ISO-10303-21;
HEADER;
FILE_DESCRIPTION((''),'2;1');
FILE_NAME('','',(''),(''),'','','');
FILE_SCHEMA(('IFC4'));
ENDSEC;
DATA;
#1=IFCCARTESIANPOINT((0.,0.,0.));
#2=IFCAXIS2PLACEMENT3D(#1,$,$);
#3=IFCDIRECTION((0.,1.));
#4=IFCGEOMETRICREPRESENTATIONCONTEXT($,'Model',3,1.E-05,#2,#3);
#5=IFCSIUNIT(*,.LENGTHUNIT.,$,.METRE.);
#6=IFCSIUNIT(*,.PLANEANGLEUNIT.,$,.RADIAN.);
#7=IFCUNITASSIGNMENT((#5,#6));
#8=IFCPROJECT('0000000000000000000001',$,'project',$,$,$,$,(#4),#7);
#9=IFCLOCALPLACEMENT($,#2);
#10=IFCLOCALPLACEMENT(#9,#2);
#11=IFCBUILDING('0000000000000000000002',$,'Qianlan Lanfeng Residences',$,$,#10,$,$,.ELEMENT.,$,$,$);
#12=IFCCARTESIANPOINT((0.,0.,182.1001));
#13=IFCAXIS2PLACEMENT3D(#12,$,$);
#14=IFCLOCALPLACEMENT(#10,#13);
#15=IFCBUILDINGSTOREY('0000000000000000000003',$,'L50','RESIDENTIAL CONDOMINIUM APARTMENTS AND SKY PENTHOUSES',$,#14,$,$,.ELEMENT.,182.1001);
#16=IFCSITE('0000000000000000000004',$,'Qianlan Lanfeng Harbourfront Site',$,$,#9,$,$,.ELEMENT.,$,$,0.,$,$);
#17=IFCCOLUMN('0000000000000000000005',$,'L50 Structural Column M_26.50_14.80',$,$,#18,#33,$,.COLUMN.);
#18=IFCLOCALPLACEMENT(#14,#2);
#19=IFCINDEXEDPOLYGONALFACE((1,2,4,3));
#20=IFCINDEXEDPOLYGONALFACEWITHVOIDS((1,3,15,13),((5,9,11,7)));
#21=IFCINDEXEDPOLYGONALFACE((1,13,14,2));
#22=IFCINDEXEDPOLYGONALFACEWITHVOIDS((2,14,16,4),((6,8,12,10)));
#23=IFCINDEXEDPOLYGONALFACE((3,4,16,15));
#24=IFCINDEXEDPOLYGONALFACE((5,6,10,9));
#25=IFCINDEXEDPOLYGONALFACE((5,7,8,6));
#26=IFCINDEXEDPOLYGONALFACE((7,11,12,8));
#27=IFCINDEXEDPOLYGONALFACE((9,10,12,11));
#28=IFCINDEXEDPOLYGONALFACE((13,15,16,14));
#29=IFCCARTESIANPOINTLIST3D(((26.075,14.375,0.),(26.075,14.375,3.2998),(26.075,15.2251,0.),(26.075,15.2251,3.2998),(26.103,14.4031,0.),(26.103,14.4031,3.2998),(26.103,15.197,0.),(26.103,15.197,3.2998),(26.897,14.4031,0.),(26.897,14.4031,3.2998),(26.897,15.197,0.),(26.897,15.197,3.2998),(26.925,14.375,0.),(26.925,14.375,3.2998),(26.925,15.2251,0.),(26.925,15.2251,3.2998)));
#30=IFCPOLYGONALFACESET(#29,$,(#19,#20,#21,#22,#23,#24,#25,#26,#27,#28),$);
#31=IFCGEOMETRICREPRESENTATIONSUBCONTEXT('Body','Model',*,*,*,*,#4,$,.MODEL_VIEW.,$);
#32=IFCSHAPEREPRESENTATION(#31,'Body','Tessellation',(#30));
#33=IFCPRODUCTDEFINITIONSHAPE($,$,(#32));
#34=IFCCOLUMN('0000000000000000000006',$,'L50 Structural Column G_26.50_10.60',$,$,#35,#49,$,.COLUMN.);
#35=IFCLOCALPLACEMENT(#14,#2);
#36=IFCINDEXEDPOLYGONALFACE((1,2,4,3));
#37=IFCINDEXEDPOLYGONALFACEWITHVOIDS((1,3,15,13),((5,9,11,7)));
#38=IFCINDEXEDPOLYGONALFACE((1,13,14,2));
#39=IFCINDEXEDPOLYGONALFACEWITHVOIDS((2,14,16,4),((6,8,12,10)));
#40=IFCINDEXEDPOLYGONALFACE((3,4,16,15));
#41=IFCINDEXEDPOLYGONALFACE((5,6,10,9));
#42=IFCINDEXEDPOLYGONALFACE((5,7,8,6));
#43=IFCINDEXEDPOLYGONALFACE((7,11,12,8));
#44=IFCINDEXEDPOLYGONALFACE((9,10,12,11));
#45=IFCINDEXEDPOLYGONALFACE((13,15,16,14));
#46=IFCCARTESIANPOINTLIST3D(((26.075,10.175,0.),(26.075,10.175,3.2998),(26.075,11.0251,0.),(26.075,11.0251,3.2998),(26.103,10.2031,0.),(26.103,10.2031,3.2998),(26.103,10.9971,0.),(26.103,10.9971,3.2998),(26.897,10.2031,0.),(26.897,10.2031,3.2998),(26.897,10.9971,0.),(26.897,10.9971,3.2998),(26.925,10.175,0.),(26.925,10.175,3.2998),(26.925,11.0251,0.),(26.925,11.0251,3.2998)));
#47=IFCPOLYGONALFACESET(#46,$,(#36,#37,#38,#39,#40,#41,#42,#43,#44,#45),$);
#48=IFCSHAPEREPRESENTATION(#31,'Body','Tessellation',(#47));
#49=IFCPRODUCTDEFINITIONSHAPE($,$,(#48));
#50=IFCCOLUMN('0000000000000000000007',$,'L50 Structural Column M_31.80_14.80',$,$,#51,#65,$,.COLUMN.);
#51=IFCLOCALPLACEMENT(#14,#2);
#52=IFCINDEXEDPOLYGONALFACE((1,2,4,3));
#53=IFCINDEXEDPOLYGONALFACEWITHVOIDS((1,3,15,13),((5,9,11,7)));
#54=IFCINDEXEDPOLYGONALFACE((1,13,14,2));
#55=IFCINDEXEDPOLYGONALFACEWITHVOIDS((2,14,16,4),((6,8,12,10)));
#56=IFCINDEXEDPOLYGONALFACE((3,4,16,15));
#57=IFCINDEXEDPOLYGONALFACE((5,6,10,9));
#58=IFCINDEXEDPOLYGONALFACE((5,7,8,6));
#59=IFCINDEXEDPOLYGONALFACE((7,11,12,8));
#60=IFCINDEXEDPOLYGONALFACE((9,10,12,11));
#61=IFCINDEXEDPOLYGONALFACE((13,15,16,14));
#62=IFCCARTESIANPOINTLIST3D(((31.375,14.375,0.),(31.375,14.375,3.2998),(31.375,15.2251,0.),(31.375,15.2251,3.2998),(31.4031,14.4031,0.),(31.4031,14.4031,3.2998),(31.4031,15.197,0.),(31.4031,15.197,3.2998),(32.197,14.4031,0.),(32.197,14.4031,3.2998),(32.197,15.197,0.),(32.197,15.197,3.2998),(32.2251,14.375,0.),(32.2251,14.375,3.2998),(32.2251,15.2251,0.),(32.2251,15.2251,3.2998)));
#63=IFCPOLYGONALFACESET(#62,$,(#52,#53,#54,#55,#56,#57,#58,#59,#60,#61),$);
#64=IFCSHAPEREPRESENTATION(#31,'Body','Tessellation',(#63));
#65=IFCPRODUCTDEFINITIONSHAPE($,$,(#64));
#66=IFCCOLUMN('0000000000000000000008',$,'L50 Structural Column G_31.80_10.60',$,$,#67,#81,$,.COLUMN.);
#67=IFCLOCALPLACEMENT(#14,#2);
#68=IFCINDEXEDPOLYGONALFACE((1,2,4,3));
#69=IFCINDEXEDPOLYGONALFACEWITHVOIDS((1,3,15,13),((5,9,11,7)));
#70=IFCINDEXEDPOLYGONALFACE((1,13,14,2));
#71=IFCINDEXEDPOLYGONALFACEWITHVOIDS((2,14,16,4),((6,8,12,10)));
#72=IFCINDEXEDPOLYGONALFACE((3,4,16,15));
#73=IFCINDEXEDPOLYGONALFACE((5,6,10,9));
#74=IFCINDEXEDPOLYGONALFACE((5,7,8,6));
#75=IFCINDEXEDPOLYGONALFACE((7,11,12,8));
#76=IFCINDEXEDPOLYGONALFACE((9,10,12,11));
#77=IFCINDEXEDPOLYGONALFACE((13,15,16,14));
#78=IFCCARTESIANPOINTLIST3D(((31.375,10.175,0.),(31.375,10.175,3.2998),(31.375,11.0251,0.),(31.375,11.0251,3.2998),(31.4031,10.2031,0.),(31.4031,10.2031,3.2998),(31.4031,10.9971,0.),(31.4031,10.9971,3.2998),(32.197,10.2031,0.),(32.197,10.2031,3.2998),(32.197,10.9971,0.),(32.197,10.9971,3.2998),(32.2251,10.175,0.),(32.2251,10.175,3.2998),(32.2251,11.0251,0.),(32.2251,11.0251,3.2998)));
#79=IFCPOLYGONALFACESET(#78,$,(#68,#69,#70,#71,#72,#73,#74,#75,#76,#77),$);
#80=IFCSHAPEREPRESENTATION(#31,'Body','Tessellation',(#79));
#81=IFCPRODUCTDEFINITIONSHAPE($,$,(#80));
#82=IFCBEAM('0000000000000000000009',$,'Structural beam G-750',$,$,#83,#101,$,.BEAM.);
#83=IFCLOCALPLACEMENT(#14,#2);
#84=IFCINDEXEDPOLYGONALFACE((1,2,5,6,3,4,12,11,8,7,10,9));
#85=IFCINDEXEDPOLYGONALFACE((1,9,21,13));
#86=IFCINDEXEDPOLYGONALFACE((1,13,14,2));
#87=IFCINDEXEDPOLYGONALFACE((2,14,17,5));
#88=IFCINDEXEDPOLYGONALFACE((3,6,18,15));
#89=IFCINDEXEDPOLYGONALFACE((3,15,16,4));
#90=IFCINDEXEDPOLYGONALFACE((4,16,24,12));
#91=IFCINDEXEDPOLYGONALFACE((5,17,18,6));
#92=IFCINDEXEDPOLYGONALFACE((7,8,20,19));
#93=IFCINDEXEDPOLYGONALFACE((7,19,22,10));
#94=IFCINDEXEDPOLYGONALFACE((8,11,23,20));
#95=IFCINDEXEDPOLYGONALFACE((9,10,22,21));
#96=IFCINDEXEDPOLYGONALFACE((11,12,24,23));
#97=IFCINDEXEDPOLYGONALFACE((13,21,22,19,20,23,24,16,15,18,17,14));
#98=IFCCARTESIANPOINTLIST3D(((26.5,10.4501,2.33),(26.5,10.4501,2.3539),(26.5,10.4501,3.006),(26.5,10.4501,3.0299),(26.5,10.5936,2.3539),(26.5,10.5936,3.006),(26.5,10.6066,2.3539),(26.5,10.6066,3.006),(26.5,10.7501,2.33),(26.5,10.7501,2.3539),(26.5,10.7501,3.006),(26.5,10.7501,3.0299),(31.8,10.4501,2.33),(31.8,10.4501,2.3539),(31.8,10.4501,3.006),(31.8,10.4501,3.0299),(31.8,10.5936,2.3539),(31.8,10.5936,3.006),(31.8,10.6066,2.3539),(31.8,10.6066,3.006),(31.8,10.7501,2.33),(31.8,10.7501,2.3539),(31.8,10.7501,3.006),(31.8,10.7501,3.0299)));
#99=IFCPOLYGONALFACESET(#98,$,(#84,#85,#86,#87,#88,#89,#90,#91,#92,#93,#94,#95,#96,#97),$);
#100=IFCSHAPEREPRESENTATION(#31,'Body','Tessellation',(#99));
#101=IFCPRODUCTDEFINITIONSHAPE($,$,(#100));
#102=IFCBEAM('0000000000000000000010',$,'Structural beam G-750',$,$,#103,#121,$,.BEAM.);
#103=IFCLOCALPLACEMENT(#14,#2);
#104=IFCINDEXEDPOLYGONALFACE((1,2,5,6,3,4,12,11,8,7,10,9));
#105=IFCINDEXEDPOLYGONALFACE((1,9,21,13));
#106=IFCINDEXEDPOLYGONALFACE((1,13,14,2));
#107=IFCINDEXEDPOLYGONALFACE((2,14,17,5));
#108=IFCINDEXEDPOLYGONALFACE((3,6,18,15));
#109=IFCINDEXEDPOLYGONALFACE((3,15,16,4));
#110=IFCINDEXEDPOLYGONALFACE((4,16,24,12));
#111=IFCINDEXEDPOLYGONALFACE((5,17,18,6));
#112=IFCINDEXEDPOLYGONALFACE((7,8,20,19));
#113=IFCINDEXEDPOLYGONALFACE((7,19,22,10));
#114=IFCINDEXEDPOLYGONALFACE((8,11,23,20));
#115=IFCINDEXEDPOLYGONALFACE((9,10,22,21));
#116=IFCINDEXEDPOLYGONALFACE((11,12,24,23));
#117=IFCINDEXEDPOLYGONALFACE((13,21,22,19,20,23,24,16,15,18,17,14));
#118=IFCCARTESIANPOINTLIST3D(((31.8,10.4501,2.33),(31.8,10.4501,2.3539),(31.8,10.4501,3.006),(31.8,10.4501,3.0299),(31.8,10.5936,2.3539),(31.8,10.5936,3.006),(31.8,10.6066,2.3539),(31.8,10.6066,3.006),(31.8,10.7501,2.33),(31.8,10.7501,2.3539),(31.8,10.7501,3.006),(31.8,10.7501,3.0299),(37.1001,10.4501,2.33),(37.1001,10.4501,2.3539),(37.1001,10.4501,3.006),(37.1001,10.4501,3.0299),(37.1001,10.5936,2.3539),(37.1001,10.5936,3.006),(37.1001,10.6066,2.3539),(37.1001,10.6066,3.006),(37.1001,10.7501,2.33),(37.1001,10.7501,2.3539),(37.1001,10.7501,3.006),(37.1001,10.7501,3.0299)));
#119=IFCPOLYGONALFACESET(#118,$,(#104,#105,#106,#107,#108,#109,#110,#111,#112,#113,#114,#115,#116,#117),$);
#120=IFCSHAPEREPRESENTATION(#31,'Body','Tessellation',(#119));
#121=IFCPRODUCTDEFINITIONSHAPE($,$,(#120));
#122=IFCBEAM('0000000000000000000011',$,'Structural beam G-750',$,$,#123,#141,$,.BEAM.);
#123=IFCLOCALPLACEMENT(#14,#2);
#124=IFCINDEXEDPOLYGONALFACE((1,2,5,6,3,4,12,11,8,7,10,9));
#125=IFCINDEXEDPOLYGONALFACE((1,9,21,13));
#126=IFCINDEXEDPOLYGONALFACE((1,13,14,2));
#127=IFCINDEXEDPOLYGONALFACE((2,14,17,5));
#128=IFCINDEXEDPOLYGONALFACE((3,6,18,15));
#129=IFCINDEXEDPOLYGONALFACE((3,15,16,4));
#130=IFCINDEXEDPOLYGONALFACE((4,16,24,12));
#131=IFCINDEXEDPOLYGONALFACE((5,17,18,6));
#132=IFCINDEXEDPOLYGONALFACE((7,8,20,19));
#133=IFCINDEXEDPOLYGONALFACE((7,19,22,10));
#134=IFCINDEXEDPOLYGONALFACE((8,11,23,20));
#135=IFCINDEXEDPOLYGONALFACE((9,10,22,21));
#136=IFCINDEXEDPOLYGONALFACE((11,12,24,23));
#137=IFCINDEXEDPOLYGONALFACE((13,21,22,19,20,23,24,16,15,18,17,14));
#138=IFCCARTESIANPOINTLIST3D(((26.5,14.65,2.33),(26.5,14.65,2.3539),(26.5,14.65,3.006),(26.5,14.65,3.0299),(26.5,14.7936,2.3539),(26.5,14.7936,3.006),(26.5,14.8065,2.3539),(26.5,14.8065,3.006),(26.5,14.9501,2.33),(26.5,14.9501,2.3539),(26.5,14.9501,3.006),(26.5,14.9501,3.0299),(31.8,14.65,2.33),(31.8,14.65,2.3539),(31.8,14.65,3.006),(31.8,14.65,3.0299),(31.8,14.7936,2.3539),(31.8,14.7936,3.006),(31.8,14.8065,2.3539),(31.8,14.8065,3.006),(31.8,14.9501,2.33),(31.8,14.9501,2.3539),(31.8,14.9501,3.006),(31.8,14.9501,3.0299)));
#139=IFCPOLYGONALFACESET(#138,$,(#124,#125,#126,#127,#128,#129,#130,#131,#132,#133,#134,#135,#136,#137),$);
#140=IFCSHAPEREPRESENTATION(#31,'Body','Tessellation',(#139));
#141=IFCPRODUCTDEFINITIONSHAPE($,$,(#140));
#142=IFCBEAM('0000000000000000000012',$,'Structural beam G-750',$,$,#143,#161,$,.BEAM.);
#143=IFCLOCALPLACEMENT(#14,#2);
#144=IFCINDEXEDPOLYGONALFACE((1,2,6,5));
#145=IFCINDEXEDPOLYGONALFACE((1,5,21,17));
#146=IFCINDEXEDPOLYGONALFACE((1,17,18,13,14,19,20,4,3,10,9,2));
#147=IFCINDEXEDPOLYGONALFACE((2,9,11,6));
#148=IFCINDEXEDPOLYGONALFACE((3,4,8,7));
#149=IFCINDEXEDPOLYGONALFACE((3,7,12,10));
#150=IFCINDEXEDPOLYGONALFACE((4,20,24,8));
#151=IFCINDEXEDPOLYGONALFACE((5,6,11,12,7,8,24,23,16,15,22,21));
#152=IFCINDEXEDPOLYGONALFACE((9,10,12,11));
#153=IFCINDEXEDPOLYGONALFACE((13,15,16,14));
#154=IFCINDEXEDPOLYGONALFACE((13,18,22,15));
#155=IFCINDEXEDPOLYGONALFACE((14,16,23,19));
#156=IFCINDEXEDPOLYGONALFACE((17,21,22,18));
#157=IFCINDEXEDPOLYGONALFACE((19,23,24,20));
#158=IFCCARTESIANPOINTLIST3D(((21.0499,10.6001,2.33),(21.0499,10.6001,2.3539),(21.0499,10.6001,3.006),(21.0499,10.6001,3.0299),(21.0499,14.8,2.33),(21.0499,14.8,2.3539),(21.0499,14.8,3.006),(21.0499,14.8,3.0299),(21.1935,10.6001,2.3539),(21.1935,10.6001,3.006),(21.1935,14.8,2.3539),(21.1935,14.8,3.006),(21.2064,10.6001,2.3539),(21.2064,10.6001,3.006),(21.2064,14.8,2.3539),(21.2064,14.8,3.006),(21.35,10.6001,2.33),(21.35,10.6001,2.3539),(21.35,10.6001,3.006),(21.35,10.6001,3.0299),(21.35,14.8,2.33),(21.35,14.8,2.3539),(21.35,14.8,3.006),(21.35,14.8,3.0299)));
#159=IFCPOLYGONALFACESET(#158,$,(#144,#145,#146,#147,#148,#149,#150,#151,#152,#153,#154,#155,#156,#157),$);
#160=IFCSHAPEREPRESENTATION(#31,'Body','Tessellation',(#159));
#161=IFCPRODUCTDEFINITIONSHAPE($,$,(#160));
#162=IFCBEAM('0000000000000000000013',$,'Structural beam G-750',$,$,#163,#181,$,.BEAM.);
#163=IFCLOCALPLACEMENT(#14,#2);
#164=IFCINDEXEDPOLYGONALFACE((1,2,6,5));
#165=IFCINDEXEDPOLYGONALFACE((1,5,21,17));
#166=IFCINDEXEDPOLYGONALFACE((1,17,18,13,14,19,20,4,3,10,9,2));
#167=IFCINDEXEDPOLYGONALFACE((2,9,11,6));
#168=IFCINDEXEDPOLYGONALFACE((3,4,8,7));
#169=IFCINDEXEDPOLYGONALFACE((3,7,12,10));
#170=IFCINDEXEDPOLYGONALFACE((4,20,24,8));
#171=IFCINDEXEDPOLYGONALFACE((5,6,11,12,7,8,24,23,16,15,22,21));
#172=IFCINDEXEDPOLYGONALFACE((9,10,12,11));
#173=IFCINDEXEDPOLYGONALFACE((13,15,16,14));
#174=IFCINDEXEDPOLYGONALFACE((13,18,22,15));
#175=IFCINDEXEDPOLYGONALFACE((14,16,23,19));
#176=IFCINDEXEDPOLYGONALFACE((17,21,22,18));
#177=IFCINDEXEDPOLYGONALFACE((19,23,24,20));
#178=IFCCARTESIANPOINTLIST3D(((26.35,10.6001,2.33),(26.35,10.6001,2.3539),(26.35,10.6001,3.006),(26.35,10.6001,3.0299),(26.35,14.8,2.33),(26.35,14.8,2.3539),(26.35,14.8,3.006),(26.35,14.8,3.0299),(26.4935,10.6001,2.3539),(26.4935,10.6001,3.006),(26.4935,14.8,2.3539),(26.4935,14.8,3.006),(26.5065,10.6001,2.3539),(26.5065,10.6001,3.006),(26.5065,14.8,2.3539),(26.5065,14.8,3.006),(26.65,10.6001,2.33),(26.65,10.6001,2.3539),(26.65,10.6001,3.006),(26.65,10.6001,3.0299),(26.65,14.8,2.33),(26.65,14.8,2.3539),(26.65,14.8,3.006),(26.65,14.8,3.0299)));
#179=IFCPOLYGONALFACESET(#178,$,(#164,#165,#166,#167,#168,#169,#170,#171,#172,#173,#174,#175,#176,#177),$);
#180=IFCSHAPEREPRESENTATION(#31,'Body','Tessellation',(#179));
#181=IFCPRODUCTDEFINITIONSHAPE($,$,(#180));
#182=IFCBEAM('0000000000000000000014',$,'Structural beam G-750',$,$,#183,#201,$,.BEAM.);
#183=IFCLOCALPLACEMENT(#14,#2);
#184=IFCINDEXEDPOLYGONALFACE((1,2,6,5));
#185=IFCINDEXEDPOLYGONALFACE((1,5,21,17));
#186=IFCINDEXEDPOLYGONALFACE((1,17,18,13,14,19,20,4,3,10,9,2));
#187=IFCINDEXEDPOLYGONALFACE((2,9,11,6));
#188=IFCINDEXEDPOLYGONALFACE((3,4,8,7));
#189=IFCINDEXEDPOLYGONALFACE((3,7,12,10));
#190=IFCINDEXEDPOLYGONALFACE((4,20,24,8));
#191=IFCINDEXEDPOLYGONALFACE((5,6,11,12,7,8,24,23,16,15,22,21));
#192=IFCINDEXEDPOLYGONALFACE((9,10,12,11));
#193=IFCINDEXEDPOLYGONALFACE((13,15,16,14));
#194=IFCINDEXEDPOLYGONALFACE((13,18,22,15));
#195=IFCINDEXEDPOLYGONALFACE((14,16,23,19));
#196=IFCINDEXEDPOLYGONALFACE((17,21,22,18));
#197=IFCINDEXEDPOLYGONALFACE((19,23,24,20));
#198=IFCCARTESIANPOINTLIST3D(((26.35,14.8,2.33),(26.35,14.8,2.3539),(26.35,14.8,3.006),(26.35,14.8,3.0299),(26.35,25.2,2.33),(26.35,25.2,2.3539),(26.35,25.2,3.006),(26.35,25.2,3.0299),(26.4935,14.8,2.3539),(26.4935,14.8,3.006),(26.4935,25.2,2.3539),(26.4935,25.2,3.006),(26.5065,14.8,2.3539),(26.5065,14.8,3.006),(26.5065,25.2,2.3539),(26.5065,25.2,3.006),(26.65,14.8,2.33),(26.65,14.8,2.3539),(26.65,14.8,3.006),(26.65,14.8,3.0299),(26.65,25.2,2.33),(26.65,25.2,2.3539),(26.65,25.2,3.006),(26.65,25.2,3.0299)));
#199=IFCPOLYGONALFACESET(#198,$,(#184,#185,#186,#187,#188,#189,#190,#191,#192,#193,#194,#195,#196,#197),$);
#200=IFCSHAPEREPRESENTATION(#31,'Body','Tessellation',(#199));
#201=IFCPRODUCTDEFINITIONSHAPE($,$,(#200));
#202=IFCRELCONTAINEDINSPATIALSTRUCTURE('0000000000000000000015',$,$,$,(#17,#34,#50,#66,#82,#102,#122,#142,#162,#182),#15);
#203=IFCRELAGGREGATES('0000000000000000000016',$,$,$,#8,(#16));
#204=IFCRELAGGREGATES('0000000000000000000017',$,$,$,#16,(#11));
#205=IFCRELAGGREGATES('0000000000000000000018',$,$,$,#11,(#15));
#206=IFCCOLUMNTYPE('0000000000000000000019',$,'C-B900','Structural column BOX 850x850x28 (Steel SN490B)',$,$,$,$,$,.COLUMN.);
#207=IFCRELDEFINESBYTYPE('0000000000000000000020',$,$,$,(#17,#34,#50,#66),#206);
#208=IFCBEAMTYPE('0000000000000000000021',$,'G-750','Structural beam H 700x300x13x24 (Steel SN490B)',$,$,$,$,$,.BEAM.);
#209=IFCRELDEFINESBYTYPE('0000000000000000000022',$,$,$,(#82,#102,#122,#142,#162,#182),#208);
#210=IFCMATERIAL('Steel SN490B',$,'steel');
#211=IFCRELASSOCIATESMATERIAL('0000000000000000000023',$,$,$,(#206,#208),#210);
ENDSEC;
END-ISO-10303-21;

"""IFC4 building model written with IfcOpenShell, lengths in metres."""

from ifc_helpers import new_model, si_unit, direction, frame, origin, origin_2d, place, context, subcontext, project, spatial, hollow_rectangle, i_section, extrude, material, material_profile, profile_set, type_object, element, save


model = new_model("IFC4")

# Units and contexts
model_context = context("Model", 3, precision=1e-05, world=origin(), true_north=direction((0.0, 1.0)))
body_context = subcontext(model_context, "Body", "Model", "MODEL_VIEW")
ifc_project = project(units=[si_unit("LENGTHUNIT", "METRE"), si_unit("PLANEANGLEUNIT", "RADIAN")], contexts=[model_context])

# Site, building, storey
site_placement = place(None, origin())
site = spatial("IfcSite", under=ifc_project, at=site_placement, Name="Qianlan Lanfeng Harbourfront Site", CompositionType="ELEMENT", RefElevation=0.0)
building_placement = place(site_placement, origin())
building = spatial("IfcBuilding", under=site, at=building_placement, Name="Qianlan Lanfeng Residences", CompositionType="ELEMENT")
storey_placement = place(building_placement, frame((0.0, 0.0, 182.1001)))
storey = spatial("IfcBuildingStorey", under=building, at=storey_placement, Name="L50", Description="RESIDENTIAL CONDOMINIUM APARTMENTS AND SKY PENTHOUSES", CompositionType="ELEMENT", Elevation=182.1001)

# Columns
ifc_material_1 = material(Name="Steel SN490B", Category="steel")
ifc_material_profile_1 = material_profile(ifc_material_1, hollow_rectangle(XDim=0.8501, YDim=0.8501, WallThickness=0.0281, at=origin_2d()), Name="BOX 850x850x28")
ifc_profile_set_1 = profile_set([ifc_material_profile_1], Name="Steel SN490B")
column_type = type_object("IfcColumnType", Name="C-B900", Description="Structural column BOX 850x850x28 (Steel SN490B)", PredefinedType="COLUMN", material=ifc_profile_set_1)
for number, where, z_axis, x_axis, name in (
    (1, (26.5, 14.8, 0.0), (0.0, 0.0, 1.0), (1.0, 0.0, 0.0), "L50 Structural Column M_26.50_14.80"),
    (2, (26.5, 10.6001, 0.0), (0.0, 0.0, 1.0), (1.0, 0.0, 0.0), "L50 Structural Column G_26.50_10.60"),
    (3, (31.8, 14.8, 0.0), (0.0, 0.0, 1.0), (1.0, 0.0, 0.0), "L50 Structural Column M_31.80_14.80"),
    (4, (31.8, 10.6001, 0.0), (0.0, 0.0, 1.0), (1.0, 0.0, 0.0), "L50 Structural Column G_31.80_10.60"),
):
    element("IfcColumn", number, at=place(storey_placement, frame(where, z_axis=z_axis, x_axis=x_axis)), inside=storey, type_object=column_type, Name=name, PredefinedType="COLUMN", context=body_context, shape_type="SweptSolid", body=[
        extrude(hollow_rectangle(XDim=0.8501, YDim=0.8501, WallThickness=0.0281, at=origin_2d()), origin(), (0.0, 0.0, 1.0), 3.2998),
    ])

# Beams
ifc_material_profile_2 = material_profile(ifc_material_1, i_section(OverallWidth=0.3, OverallDepth=0.7, WebThickness=0.0129, FlangeThickness=0.0239, at=origin_2d()), Name="H 700x300x13x24")
ifc_profile_set_2 = profile_set([ifc_material_profile_2], Name="Steel SN490B")
beam_type_1 = type_object("IfcBeamType", Name="G-750", Description="Structural beam H 700x300x13x24 (Steel SN490B)", PredefinedType="BEAM", material=ifc_profile_set_2)
for number, where, z_axis, x_axis, name in (
    (5, (26.5, 10.6001, 2.6799), (1.0, 0.0, 0.0), (0.0, 1.0, 0.0), "Structural beam G-750"),
    (6, (31.8, 10.6001, 2.6799), (1.0, 0.0, 0.0), (0.0, 1.0, 0.0), "Structural beam G-750"),
    (7, (26.5, 14.8, 2.6799), (1.0, 0.0, 0.0), (0.0, 1.0, 0.0), "Structural beam G-750"),
):
    element("IfcBeam", number, at=place(storey_placement, frame(where, z_axis=z_axis, x_axis=x_axis)), inside=storey, type_object=beam_type_1, Name=name, PredefinedType="BEAM", context=body_context, shape_type="SweptSolid", body=[
        extrude(i_section(OverallWidth=0.3, OverallDepth=0.7, WebThickness=0.0129, FlangeThickness=0.0239, at=origin_2d()), origin(), (0.0, 0.0, 1.0), 5.3),
    ])
for number, where, z_axis, x_axis, name in (
    (8, (21.2, 10.6001, 2.6799), (0.0, 1.0, 0.0), (-1.0, 0.0, 0.0), "Structural beam G-750"),
    (9, (26.5, 10.6001, 2.6799), (0.0, 1.0, 0.0), (-1.0, 0.0, 0.0), "Structural beam G-750"),
):
    element("IfcBeam", number, at=place(storey_placement, frame(where, z_axis=z_axis, x_axis=x_axis)), inside=storey, type_object=beam_type_1, Name=name, PredefinedType="BEAM", context=body_context, shape_type="SweptSolid", body=[
        extrude(i_section(OverallWidth=0.3, OverallDepth=0.7, WebThickness=0.0129, FlangeThickness=0.0239, at=origin_2d()), origin(), (0.0, 0.0, 1.0), 4.2),
    ])
beam_1_placement = place(storey_placement, frame((26.5, 14.8, 2.6799), z_axis=(0.0, 1.0, 0.0), x_axis=(-1.0, 0.0, 0.0)))
element("IfcBeam", 10, at=beam_1_placement, inside=storey, type_object=beam_type_1, Name="Structural beam G-750", PredefinedType="BEAM", context=body_context, shape_type="SweptSolid", body=[
    extrude(i_section(OverallWidth=0.3, OverallDepth=0.7, WebThickness=0.0129, FlangeThickness=0.0239, at=origin_2d()), origin(), (0.0, 0.0, 1.0), 10.3999),
])

save(model, "model.ifc")
